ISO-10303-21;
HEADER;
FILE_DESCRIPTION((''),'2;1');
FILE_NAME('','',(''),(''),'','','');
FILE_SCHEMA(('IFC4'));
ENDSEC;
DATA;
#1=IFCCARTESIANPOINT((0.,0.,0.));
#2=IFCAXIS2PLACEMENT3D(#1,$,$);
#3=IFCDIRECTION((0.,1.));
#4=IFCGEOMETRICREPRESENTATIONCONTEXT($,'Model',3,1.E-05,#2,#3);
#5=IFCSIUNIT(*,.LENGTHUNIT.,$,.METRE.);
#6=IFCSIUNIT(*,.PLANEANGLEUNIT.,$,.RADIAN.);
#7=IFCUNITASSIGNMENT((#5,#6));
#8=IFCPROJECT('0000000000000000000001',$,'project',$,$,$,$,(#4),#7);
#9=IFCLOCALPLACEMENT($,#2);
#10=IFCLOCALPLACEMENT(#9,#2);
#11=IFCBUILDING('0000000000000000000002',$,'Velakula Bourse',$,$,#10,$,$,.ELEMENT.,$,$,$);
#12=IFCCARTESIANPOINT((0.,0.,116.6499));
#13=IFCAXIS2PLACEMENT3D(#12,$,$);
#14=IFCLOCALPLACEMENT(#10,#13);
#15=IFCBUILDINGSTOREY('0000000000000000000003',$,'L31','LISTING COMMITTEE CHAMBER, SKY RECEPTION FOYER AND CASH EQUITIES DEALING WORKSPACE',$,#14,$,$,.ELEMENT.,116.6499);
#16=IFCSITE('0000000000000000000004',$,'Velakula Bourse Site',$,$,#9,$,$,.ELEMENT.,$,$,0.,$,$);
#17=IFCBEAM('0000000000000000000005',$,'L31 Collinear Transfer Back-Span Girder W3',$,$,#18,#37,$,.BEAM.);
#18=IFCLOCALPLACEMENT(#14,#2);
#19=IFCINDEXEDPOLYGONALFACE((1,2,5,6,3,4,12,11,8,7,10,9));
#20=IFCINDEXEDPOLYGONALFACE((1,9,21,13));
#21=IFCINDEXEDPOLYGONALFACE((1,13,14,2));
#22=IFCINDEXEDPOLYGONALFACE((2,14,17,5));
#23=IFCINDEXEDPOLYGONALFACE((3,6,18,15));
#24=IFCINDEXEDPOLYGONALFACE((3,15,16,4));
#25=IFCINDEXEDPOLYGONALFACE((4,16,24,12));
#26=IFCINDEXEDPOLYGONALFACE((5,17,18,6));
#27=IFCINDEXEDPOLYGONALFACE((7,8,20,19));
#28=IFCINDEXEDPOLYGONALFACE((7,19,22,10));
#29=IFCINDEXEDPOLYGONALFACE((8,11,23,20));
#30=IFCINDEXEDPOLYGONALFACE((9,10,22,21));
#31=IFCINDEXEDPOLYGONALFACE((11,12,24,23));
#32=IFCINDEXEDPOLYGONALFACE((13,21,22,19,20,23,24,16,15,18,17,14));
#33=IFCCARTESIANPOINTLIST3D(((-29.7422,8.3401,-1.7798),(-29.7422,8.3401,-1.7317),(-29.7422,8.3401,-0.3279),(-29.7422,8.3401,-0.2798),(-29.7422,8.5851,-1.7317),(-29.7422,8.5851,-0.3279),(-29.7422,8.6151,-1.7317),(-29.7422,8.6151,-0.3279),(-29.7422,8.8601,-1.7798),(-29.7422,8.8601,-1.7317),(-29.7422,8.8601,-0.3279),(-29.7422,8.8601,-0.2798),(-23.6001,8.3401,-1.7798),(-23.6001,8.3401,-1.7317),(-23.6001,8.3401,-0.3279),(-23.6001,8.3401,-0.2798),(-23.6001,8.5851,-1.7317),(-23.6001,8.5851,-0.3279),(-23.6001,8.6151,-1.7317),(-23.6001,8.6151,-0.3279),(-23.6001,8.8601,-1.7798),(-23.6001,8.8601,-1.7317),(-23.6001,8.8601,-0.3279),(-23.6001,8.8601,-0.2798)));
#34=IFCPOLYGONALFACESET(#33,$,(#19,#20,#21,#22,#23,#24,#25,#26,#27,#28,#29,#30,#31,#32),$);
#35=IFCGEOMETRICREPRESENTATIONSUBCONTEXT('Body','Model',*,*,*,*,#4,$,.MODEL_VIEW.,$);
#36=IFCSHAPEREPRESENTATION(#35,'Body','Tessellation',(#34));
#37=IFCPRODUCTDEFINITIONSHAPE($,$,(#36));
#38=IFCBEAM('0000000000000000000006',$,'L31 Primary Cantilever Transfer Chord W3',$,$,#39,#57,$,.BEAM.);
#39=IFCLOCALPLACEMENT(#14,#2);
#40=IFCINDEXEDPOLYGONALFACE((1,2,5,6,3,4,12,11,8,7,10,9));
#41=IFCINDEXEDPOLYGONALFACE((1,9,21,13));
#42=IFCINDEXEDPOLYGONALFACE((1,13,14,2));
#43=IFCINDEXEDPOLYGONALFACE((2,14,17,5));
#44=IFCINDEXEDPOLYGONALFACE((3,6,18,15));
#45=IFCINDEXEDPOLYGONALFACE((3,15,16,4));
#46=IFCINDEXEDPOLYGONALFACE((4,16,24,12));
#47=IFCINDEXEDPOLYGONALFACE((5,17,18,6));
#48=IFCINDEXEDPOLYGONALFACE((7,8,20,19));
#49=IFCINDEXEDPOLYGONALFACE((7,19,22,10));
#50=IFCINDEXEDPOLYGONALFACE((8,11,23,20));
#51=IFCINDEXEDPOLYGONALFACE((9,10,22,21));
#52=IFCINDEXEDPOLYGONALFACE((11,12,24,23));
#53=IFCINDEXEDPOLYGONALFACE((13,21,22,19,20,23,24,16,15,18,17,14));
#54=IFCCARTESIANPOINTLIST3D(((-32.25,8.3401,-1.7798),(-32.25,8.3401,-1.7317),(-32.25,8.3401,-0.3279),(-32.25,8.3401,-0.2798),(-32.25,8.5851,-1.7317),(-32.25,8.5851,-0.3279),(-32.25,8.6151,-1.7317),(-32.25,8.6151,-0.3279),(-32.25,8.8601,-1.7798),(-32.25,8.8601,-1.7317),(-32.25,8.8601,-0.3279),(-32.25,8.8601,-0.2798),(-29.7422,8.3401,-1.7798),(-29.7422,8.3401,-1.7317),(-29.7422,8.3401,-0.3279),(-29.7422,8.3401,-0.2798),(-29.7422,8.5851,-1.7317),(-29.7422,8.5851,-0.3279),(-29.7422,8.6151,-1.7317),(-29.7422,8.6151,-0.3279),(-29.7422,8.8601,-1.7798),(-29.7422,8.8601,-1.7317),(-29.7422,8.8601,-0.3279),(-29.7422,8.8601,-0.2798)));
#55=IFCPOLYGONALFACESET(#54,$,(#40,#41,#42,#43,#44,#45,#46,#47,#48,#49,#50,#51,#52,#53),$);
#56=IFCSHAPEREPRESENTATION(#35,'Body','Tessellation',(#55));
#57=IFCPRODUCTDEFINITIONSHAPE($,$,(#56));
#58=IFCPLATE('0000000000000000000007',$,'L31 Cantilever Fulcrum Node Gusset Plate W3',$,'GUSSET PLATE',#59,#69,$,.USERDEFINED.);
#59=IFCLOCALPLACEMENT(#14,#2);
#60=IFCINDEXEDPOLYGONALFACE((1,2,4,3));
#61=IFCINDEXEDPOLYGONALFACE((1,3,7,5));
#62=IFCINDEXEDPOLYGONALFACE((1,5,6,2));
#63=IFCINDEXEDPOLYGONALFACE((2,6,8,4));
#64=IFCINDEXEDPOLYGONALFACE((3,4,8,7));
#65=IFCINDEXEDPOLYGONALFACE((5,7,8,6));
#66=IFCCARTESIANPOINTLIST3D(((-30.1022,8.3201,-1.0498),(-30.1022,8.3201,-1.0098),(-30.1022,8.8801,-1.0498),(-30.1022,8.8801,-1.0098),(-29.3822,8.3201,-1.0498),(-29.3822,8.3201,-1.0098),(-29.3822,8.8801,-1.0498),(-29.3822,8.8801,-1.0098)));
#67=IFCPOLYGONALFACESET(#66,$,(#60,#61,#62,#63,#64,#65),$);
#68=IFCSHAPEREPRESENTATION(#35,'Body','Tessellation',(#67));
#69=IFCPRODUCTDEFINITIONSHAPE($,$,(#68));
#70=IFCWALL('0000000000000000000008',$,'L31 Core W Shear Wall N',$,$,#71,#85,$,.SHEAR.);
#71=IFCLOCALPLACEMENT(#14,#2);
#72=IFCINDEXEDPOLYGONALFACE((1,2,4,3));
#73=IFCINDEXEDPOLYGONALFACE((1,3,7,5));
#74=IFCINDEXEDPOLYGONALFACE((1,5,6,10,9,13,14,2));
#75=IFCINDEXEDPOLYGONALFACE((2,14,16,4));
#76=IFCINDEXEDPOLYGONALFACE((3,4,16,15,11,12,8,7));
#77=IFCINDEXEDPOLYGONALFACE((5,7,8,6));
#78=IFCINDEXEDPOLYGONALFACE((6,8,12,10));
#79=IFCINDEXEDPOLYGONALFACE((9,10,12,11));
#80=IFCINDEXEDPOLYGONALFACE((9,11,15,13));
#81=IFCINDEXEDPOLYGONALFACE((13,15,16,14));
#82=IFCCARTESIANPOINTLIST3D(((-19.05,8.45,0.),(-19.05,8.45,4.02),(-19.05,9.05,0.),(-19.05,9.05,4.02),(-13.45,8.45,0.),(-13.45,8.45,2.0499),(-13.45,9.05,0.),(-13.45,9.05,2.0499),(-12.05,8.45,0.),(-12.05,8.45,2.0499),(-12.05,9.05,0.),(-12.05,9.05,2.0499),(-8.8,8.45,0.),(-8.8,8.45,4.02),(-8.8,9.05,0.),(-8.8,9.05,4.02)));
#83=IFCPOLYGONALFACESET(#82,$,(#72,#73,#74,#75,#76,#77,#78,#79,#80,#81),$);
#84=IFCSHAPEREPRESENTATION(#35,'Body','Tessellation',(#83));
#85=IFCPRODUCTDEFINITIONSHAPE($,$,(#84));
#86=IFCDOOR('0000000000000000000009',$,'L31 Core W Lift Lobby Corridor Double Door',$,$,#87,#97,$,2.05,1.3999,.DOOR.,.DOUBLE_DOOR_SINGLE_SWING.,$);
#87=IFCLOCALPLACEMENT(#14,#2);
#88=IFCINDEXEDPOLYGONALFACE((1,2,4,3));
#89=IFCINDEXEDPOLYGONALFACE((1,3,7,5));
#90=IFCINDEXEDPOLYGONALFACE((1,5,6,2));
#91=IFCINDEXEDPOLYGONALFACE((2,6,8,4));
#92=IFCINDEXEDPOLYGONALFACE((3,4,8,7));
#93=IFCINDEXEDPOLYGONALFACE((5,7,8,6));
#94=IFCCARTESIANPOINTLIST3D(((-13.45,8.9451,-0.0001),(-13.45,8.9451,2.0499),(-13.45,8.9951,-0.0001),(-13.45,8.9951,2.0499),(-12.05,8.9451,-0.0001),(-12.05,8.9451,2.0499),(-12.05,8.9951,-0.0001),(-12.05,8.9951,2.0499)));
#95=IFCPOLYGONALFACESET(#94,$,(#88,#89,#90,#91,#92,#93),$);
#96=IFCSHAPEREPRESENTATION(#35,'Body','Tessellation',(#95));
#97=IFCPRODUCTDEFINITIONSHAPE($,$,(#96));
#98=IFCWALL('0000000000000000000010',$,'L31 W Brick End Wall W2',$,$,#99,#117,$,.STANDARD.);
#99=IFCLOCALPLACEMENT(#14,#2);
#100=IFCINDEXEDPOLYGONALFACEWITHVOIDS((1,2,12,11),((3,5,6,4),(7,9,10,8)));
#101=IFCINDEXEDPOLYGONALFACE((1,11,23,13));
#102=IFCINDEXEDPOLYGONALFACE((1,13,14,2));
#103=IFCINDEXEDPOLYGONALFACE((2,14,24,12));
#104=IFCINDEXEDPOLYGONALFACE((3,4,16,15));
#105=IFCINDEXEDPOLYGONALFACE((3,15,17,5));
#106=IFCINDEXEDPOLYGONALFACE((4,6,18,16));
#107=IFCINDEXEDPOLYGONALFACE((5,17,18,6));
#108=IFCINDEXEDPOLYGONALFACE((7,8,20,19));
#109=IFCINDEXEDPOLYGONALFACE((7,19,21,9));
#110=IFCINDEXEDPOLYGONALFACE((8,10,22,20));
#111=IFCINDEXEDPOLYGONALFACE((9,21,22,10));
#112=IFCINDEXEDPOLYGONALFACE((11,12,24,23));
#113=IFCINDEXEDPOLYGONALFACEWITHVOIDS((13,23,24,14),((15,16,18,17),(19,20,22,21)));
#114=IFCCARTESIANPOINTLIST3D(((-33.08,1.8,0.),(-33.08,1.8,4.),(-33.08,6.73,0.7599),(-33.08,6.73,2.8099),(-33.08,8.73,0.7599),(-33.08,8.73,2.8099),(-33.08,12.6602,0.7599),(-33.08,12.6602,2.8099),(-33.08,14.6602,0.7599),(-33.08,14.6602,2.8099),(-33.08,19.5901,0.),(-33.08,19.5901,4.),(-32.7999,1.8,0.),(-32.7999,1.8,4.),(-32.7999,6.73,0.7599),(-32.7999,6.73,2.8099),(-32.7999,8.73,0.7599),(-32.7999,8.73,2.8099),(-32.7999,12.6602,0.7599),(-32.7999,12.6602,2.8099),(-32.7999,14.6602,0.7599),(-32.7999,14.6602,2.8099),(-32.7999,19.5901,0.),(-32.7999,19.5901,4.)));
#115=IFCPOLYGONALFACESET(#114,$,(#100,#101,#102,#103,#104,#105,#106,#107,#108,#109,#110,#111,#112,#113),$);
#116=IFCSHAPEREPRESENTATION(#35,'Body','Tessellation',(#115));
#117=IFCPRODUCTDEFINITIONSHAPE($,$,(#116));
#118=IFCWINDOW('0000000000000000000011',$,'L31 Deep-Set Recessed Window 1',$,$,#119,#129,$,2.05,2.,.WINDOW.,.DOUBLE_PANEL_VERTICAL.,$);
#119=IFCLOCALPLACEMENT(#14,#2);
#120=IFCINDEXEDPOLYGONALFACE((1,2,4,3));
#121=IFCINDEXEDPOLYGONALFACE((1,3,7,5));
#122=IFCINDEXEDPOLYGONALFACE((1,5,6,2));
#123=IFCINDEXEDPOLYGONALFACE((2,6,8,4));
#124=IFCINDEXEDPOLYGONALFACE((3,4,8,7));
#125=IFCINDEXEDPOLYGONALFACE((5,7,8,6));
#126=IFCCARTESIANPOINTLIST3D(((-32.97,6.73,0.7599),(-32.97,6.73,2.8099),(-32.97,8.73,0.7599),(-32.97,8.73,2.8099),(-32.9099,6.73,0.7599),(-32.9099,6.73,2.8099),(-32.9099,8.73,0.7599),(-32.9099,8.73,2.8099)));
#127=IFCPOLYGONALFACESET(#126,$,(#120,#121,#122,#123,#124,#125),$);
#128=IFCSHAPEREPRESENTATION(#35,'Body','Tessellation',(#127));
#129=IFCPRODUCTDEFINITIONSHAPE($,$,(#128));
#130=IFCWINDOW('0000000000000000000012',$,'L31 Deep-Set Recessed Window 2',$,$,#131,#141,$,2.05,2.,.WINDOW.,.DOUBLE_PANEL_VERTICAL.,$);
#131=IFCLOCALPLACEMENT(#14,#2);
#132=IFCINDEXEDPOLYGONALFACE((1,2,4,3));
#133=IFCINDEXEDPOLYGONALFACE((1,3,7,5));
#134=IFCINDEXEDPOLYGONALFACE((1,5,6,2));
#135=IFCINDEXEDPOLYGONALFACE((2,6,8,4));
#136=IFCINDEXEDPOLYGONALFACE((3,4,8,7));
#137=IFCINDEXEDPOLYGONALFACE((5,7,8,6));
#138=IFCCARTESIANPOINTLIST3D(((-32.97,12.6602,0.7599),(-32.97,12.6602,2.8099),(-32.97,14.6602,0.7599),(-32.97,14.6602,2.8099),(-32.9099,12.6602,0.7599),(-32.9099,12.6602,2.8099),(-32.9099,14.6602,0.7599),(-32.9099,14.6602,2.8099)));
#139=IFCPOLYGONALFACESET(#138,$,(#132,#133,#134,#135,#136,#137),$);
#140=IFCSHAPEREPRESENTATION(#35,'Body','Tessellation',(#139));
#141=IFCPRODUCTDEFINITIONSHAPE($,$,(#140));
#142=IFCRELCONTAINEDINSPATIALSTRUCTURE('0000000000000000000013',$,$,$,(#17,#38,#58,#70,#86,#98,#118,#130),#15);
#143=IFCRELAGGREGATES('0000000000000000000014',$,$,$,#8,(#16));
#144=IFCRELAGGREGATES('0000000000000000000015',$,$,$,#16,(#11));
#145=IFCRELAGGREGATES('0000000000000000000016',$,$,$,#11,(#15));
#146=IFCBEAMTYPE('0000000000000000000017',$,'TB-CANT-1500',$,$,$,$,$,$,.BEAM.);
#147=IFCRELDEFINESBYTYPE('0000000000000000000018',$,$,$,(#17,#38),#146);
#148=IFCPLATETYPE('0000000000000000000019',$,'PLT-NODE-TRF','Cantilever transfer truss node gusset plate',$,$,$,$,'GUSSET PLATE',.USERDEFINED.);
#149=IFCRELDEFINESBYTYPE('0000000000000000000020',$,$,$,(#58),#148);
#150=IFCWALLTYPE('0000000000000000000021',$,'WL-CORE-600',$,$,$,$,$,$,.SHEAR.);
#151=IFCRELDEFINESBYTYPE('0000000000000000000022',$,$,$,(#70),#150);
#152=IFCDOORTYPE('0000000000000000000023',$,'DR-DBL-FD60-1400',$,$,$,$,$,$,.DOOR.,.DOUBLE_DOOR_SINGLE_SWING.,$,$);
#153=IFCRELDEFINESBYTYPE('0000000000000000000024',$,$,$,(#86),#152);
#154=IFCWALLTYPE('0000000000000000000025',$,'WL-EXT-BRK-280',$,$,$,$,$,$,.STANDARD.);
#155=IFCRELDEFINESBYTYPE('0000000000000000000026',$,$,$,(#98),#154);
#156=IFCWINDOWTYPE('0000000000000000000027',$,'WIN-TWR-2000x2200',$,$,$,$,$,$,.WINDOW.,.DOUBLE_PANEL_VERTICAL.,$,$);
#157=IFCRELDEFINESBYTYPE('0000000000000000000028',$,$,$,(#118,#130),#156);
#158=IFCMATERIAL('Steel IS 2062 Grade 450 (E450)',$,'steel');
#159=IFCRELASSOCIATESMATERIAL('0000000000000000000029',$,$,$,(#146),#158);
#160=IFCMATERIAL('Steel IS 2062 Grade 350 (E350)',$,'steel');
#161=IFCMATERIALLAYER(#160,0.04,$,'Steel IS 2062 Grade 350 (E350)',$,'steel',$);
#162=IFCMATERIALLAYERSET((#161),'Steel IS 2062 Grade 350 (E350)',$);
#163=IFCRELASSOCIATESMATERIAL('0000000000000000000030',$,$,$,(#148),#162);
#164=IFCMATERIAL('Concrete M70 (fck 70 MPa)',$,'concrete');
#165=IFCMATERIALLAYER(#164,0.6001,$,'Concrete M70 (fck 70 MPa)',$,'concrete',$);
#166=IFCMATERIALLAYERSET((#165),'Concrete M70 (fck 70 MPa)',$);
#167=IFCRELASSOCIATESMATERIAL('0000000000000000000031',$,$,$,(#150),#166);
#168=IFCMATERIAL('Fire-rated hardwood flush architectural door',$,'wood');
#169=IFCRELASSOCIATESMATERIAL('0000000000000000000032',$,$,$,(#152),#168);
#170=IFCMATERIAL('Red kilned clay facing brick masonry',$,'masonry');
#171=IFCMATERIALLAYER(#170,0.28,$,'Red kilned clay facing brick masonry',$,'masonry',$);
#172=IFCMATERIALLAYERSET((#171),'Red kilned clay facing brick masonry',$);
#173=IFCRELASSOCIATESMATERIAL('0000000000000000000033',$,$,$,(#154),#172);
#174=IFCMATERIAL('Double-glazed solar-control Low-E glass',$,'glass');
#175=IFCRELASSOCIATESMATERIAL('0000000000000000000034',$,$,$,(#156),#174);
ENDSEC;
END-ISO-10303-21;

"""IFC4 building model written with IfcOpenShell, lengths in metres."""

from ifc_helpers import new_model, si_unit, direction, frame, frame_2d, origin, origin_2d, place, context, subcontext, project, spatial, rectangle, i_section, extrude, material, layer, layer_set, material_profile, profile_set, type_object, element, fill, save


model = new_model("IFC4")

# Units and contexts
model_context = context("Model", 3, precision=1e-05, world=origin(), true_north=direction((0.0, 1.0)))
body_context = subcontext(model_context, "Body", "Model", "MODEL_VIEW")
ifc_project = project(units=[si_unit("LENGTHUNIT", "METRE"), si_unit("PLANEANGLEUNIT", "RADIAN")], contexts=[model_context])

# Site, building, storey
site_placement = place(None, origin())
site = spatial("IfcSite", under=ifc_project, at=site_placement, Name="Velakula Bourse Site", CompositionType="ELEMENT", RefElevation=0.0)
building_placement = place(site_placement, origin())
building = spatial("IfcBuilding", under=site, at=building_placement, Name="Velakula Bourse", CompositionType="ELEMENT")
storey_placement = place(building_placement, frame((0.0, 0.0, 116.6499)))
storey = spatial("IfcBuildingStorey", under=building, at=storey_placement, Name="L31", Description="LISTING COMMITTEE CHAMBER, SKY RECEPTION FOYER AND CASH EQUITIES DEALING WORKSPACE", CompositionType="ELEMENT", Elevation=116.6499)

# Shared definitions
ifc_material_1 = material(Name="Concrete M70 (fck 70 MPa)", Category="concrete")
ifc_material_2 = material(Name="Steel IS 2062 Grade 350 (E350)", Category="steel")

# Beams
ifc_material_3 = material(Name="Steel IS 2062 Grade 450 (E450)", Category="steel")
ifc_material_profile_1 = material_profile(ifc_material_3, i_section(OverallWidth=0.52, OverallDepth=1.5, WebThickness=0.03, FlangeThickness=0.0481, at=origin_2d()), Name="Steel IS 2062 Grade 450 (E450)")
ifc_profile_set_1 = profile_set([ifc_material_profile_1], Name="Steel IS 2062 Grade 450 (E450)")
beam_type_1 = type_object("IfcBeamType", Name="TB-CANT-1500", PredefinedType="BEAM", material=ifc_profile_set_1)
beam_1_placement = place(storey_placement, frame((-23.6001, 8.6001, -1.0298), z_axis=(-1.0, 0.0, 0.0), x_axis=(0.0, -1.0, 0.0)))
element("IfcBeam", 1, at=beam_1_placement, inside=storey, type_object=beam_type_1, Name="L31 Collinear Transfer Back-Span Girder W3", PredefinedType="BEAM", context=body_context, shape_type="SweptSolid", body=[
    extrude(i_section(OverallWidth=0.52, OverallDepth=1.5, WebThickness=0.03, FlangeThickness=0.0481, at=origin_2d()), origin(), (0.0, 0.0, 1.0), 6.1421),
])
beam_2_placement = place(storey_placement, frame((-29.7422, 8.6001, -1.0298), z_axis=(-1.0, 0.0, 0.0), x_axis=(0.0, -1.0, 0.0)))
element("IfcBeam", 2, at=beam_2_placement, inside=storey, type_object=beam_type_1, Name="L31 Primary Cantilever Transfer Chord W3", PredefinedType="BEAM", context=body_context, shape_type="SweptSolid", body=[
    extrude(i_section(OverallWidth=0.52, OverallDepth=1.5, WebThickness=0.03, FlangeThickness=0.0481, at=origin_2d()), origin(), (0.0, 0.0, 1.0), 2.5078),
])

# Plate
ifc_layer_1 = layer(ifc_material_2, 0.04, Name="Steel IS 2062 Grade 350 (E350)", Category="steel")
ifc_layer_set_1 = layer_set([ifc_layer_1], Name="Steel IS 2062 Grade 350 (E350)")
plate_type = type_object("IfcPlateType", Name="PLT-NODE-TRF", Description="Cantilever transfer truss node gusset plate", ElementType="GUSSET PLATE", PredefinedType="USERDEFINED", material=ifc_layer_set_1)
plate_placement = place(storey_placement, frame((-29.7422, 8.6001, -1.0498), z_axis=(0.0, 0.0, 1.0), x_axis=(1.0, 0.0, 0.0)))
element("IfcPlate", 3, at=plate_placement, inside=storey, type_object=plate_type, Name="L31 Cantilever Fulcrum Node Gusset Plate W3", ObjectType="GUSSET PLATE", PredefinedType="USERDEFINED", context=body_context, shape_type="SweptSolid", body=[
    extrude(rectangle(XDim=0.72, YDim=0.5601, at=origin_2d()), origin(), (0.0, 0.0, 1.0), 0.04),
])

# Wall, opening, door
ifc_layer_2 = layer(ifc_material_1, 0.6001, Name="Concrete M70 (fck 70 MPa)", Category="concrete")
ifc_layer_set_2 = layer_set([ifc_layer_2], Name="Concrete M70 (fck 70 MPa)")
wall_type_1 = type_object("IfcWallType", Name="WL-CORE-600", PredefinedType="SHEAR", material=ifc_layer_set_2)
wall_1_placement = place(storey_placement, frame((-19.05, 8.75, 0.0), z_axis=(0.0, 0.0, 1.0), x_axis=(1.0, 0.0, 0.0)))
wall_1 = element("IfcWall", 4, at=wall_1_placement, inside=storey, type_object=wall_type_1, Name="L31 Core W Shear Wall N", PredefinedType="SHEAR", context=body_context, shape_type="SweptSolid", body=[
    extrude(rectangle(XDim=10.25, YDim=0.6001, at=frame_2d((5.125, 0.0))), origin(), (0.0, 0.0, 1.0), 4.02),
])
opening_1_placement = place(wall_1_placement, frame((5.6001, 0.0, 0.0)))
opening_1 = element("IfcOpeningElement", 5, at=opening_1_placement, cuts=wall_1, PredefinedType="OPENING", context=body_context, shape_type="SweptSolid", body=[
    extrude(rectangle(XDim=1.3999, YDim=2.05, at=frame_2d((0.7, 1.0249))), frame((0.0, 0.3101, 0.0), z_axis=(0.0, -1.0, 0.0), x_axis=(1.0, 0.0, 0.0)), (0.0, 0.0, 1.0), 0.6201),
])
ifc_material_4 = material(Name="Fire-rated hardwood flush architectural door", Category="wood")
door_type_1 = type_object("IfcDoorType", Name="DR-DBL-FD60-1400", OperationType="DOUBLE_DOOR_SINGLE_SWING", PredefinedType="DOOR", material=ifc_material_4)
door_1_placement = place(opening_1_placement, origin())
door_1 = element("IfcDoor", 6, at=door_1_placement, inside=storey, type_object=door_type_1, Name="L31 Core W Lift Lobby Corridor Double Door", OperationType="DOUBLE_DOOR_SINGLE_SWING", OverallHeight=2.05, OverallWidth=1.3999, PredefinedType="DOOR", context=body_context, shape_type="SweptSolid", body=[
    extrude(rectangle(XDim=1.3999, YDim=2.05, at=frame_2d((0.7, 1.0249))), frame((0.0, 0.2451, 0.0), z_axis=(0.0, -1.0, 0.0), x_axis=(1.0, 0.0, 0.0)), (0.0, 0.0, 1.0), 0.05),
])
fill(opening_1, door_1)

# Wall, openings, windows
ifc_material_5 = material(Name="Red kilned clay facing brick masonry", Category="masonry")
ifc_layer_3 = layer(ifc_material_5, 0.28, Name="Red kilned clay facing brick masonry", Category="masonry")
ifc_layer_set_3 = layer_set([ifc_layer_3], Name="Red kilned clay facing brick masonry")
wall_type_2 = type_object("IfcWallType", Name="WL-EXT-BRK-280", PredefinedType="STANDARD", material=ifc_layer_set_3)
wall_2_placement = place(storey_placement, frame((-32.9399, 1.8, 0.0), z_axis=(0.0, 0.0, 1.0), x_axis=(0.0, 1.0, 0.0)))
wall_2 = element("IfcWall", 7, at=wall_2_placement, inside=storey, type_object=wall_type_2, Name="L31 W Brick End Wall W2", PredefinedType="STANDARD", context=body_context, shape_type="SweptSolid", body=[
    extrude(rectangle(XDim=17.79, YDim=0.28, at=frame_2d((8.895, 0.0))), origin(), (0.0, 0.0, 1.0), 4.0),
])
opening_2_placement = place(wall_2_placement, frame((4.9299, 0.0, 0.76)))
opening_2 = element("IfcOpeningElement", 8, at=opening_2_placement, cuts=wall_2, PredefinedType="OPENING", context=body_context, shape_type="SweptSolid", body=[
    extrude(rectangle(XDim=2.0, YDim=2.05, at=frame_2d((1.0, 1.0249))), frame((0.0, 0.1499, 0.0), z_axis=(0.0, -1.0, 0.0), x_axis=(1.0, 0.0, 0.0)), (0.0, 0.0, 1.0), 0.3),
])
opening_3_placement = place(wall_2_placement, frame((10.8601, 0.0, 0.76)))
opening_3 = element("IfcOpeningElement", 9, at=opening_3_placement, cuts=wall_2, PredefinedType="OPENING", context=body_context, shape_type="SweptSolid", body=[
    extrude(rectangle(XDim=2.0, YDim=2.05, at=frame_2d((1.0, 1.0249))), frame((0.0, 0.1499, 0.0), z_axis=(0.0, -1.0, 0.0), x_axis=(1.0, 0.0, 0.0)), (0.0, 0.0, 1.0), 0.3),
])
ifc_material_6 = material(Name="Double-glazed solar-control Low-E glass", Category="glass")
window_type = type_object("IfcWindowType", Name="WIN-TWR-2000x2200", PartitioningType="DOUBLE_PANEL_VERTICAL", PredefinedType="WINDOW", material=ifc_material_6)
window_1_placement = place(opening_2_placement, origin())
window_1 = element("IfcWindow", 10, at=window_1_placement, inside=storey, type_object=window_type, Name="L31 Deep-Set Recessed Window 1", OverallHeight=2.05, OverallWidth=2.0, PartitioningType="DOUBLE_PANEL_VERTICAL", PredefinedType="WINDOW", context=body_context, shape_type="SweptSolid", body=[
    extrude(rectangle(XDim=2.0, YDim=2.05, at=frame_2d((1.0, 1.0249))), frame((0.0, 0.03, 0.0), z_axis=(0.0, -1.0, 0.0), x_axis=(1.0, 0.0, 0.0)), (0.0, 0.0, 1.0), 0.0601),
])
fill(opening_2, window_1)
window_2_placement = place(opening_3_placement, origin())
window_2 = element("IfcWindow", 11, at=window_2_placement, inside=storey, type_object=window_type, Name="L31 Deep-Set Recessed Window 2", OverallHeight=2.05, OverallWidth=2.0, PartitioningType="DOUBLE_PANEL_VERTICAL", PredefinedType="WINDOW", context=body_context, shape_type="SweptSolid", body=[
    extrude(rectangle(XDim=2.0, YDim=2.05, at=frame_2d((1.0, 1.0249))), frame((0.0, 0.03, 0.0), z_axis=(0.0, -1.0, 0.0), x_axis=(1.0, 0.0, 0.0)), (0.0, 0.0, 1.0), 0.0601),
])
fill(opening_3, window_2)

save(model, "model.ifc")
